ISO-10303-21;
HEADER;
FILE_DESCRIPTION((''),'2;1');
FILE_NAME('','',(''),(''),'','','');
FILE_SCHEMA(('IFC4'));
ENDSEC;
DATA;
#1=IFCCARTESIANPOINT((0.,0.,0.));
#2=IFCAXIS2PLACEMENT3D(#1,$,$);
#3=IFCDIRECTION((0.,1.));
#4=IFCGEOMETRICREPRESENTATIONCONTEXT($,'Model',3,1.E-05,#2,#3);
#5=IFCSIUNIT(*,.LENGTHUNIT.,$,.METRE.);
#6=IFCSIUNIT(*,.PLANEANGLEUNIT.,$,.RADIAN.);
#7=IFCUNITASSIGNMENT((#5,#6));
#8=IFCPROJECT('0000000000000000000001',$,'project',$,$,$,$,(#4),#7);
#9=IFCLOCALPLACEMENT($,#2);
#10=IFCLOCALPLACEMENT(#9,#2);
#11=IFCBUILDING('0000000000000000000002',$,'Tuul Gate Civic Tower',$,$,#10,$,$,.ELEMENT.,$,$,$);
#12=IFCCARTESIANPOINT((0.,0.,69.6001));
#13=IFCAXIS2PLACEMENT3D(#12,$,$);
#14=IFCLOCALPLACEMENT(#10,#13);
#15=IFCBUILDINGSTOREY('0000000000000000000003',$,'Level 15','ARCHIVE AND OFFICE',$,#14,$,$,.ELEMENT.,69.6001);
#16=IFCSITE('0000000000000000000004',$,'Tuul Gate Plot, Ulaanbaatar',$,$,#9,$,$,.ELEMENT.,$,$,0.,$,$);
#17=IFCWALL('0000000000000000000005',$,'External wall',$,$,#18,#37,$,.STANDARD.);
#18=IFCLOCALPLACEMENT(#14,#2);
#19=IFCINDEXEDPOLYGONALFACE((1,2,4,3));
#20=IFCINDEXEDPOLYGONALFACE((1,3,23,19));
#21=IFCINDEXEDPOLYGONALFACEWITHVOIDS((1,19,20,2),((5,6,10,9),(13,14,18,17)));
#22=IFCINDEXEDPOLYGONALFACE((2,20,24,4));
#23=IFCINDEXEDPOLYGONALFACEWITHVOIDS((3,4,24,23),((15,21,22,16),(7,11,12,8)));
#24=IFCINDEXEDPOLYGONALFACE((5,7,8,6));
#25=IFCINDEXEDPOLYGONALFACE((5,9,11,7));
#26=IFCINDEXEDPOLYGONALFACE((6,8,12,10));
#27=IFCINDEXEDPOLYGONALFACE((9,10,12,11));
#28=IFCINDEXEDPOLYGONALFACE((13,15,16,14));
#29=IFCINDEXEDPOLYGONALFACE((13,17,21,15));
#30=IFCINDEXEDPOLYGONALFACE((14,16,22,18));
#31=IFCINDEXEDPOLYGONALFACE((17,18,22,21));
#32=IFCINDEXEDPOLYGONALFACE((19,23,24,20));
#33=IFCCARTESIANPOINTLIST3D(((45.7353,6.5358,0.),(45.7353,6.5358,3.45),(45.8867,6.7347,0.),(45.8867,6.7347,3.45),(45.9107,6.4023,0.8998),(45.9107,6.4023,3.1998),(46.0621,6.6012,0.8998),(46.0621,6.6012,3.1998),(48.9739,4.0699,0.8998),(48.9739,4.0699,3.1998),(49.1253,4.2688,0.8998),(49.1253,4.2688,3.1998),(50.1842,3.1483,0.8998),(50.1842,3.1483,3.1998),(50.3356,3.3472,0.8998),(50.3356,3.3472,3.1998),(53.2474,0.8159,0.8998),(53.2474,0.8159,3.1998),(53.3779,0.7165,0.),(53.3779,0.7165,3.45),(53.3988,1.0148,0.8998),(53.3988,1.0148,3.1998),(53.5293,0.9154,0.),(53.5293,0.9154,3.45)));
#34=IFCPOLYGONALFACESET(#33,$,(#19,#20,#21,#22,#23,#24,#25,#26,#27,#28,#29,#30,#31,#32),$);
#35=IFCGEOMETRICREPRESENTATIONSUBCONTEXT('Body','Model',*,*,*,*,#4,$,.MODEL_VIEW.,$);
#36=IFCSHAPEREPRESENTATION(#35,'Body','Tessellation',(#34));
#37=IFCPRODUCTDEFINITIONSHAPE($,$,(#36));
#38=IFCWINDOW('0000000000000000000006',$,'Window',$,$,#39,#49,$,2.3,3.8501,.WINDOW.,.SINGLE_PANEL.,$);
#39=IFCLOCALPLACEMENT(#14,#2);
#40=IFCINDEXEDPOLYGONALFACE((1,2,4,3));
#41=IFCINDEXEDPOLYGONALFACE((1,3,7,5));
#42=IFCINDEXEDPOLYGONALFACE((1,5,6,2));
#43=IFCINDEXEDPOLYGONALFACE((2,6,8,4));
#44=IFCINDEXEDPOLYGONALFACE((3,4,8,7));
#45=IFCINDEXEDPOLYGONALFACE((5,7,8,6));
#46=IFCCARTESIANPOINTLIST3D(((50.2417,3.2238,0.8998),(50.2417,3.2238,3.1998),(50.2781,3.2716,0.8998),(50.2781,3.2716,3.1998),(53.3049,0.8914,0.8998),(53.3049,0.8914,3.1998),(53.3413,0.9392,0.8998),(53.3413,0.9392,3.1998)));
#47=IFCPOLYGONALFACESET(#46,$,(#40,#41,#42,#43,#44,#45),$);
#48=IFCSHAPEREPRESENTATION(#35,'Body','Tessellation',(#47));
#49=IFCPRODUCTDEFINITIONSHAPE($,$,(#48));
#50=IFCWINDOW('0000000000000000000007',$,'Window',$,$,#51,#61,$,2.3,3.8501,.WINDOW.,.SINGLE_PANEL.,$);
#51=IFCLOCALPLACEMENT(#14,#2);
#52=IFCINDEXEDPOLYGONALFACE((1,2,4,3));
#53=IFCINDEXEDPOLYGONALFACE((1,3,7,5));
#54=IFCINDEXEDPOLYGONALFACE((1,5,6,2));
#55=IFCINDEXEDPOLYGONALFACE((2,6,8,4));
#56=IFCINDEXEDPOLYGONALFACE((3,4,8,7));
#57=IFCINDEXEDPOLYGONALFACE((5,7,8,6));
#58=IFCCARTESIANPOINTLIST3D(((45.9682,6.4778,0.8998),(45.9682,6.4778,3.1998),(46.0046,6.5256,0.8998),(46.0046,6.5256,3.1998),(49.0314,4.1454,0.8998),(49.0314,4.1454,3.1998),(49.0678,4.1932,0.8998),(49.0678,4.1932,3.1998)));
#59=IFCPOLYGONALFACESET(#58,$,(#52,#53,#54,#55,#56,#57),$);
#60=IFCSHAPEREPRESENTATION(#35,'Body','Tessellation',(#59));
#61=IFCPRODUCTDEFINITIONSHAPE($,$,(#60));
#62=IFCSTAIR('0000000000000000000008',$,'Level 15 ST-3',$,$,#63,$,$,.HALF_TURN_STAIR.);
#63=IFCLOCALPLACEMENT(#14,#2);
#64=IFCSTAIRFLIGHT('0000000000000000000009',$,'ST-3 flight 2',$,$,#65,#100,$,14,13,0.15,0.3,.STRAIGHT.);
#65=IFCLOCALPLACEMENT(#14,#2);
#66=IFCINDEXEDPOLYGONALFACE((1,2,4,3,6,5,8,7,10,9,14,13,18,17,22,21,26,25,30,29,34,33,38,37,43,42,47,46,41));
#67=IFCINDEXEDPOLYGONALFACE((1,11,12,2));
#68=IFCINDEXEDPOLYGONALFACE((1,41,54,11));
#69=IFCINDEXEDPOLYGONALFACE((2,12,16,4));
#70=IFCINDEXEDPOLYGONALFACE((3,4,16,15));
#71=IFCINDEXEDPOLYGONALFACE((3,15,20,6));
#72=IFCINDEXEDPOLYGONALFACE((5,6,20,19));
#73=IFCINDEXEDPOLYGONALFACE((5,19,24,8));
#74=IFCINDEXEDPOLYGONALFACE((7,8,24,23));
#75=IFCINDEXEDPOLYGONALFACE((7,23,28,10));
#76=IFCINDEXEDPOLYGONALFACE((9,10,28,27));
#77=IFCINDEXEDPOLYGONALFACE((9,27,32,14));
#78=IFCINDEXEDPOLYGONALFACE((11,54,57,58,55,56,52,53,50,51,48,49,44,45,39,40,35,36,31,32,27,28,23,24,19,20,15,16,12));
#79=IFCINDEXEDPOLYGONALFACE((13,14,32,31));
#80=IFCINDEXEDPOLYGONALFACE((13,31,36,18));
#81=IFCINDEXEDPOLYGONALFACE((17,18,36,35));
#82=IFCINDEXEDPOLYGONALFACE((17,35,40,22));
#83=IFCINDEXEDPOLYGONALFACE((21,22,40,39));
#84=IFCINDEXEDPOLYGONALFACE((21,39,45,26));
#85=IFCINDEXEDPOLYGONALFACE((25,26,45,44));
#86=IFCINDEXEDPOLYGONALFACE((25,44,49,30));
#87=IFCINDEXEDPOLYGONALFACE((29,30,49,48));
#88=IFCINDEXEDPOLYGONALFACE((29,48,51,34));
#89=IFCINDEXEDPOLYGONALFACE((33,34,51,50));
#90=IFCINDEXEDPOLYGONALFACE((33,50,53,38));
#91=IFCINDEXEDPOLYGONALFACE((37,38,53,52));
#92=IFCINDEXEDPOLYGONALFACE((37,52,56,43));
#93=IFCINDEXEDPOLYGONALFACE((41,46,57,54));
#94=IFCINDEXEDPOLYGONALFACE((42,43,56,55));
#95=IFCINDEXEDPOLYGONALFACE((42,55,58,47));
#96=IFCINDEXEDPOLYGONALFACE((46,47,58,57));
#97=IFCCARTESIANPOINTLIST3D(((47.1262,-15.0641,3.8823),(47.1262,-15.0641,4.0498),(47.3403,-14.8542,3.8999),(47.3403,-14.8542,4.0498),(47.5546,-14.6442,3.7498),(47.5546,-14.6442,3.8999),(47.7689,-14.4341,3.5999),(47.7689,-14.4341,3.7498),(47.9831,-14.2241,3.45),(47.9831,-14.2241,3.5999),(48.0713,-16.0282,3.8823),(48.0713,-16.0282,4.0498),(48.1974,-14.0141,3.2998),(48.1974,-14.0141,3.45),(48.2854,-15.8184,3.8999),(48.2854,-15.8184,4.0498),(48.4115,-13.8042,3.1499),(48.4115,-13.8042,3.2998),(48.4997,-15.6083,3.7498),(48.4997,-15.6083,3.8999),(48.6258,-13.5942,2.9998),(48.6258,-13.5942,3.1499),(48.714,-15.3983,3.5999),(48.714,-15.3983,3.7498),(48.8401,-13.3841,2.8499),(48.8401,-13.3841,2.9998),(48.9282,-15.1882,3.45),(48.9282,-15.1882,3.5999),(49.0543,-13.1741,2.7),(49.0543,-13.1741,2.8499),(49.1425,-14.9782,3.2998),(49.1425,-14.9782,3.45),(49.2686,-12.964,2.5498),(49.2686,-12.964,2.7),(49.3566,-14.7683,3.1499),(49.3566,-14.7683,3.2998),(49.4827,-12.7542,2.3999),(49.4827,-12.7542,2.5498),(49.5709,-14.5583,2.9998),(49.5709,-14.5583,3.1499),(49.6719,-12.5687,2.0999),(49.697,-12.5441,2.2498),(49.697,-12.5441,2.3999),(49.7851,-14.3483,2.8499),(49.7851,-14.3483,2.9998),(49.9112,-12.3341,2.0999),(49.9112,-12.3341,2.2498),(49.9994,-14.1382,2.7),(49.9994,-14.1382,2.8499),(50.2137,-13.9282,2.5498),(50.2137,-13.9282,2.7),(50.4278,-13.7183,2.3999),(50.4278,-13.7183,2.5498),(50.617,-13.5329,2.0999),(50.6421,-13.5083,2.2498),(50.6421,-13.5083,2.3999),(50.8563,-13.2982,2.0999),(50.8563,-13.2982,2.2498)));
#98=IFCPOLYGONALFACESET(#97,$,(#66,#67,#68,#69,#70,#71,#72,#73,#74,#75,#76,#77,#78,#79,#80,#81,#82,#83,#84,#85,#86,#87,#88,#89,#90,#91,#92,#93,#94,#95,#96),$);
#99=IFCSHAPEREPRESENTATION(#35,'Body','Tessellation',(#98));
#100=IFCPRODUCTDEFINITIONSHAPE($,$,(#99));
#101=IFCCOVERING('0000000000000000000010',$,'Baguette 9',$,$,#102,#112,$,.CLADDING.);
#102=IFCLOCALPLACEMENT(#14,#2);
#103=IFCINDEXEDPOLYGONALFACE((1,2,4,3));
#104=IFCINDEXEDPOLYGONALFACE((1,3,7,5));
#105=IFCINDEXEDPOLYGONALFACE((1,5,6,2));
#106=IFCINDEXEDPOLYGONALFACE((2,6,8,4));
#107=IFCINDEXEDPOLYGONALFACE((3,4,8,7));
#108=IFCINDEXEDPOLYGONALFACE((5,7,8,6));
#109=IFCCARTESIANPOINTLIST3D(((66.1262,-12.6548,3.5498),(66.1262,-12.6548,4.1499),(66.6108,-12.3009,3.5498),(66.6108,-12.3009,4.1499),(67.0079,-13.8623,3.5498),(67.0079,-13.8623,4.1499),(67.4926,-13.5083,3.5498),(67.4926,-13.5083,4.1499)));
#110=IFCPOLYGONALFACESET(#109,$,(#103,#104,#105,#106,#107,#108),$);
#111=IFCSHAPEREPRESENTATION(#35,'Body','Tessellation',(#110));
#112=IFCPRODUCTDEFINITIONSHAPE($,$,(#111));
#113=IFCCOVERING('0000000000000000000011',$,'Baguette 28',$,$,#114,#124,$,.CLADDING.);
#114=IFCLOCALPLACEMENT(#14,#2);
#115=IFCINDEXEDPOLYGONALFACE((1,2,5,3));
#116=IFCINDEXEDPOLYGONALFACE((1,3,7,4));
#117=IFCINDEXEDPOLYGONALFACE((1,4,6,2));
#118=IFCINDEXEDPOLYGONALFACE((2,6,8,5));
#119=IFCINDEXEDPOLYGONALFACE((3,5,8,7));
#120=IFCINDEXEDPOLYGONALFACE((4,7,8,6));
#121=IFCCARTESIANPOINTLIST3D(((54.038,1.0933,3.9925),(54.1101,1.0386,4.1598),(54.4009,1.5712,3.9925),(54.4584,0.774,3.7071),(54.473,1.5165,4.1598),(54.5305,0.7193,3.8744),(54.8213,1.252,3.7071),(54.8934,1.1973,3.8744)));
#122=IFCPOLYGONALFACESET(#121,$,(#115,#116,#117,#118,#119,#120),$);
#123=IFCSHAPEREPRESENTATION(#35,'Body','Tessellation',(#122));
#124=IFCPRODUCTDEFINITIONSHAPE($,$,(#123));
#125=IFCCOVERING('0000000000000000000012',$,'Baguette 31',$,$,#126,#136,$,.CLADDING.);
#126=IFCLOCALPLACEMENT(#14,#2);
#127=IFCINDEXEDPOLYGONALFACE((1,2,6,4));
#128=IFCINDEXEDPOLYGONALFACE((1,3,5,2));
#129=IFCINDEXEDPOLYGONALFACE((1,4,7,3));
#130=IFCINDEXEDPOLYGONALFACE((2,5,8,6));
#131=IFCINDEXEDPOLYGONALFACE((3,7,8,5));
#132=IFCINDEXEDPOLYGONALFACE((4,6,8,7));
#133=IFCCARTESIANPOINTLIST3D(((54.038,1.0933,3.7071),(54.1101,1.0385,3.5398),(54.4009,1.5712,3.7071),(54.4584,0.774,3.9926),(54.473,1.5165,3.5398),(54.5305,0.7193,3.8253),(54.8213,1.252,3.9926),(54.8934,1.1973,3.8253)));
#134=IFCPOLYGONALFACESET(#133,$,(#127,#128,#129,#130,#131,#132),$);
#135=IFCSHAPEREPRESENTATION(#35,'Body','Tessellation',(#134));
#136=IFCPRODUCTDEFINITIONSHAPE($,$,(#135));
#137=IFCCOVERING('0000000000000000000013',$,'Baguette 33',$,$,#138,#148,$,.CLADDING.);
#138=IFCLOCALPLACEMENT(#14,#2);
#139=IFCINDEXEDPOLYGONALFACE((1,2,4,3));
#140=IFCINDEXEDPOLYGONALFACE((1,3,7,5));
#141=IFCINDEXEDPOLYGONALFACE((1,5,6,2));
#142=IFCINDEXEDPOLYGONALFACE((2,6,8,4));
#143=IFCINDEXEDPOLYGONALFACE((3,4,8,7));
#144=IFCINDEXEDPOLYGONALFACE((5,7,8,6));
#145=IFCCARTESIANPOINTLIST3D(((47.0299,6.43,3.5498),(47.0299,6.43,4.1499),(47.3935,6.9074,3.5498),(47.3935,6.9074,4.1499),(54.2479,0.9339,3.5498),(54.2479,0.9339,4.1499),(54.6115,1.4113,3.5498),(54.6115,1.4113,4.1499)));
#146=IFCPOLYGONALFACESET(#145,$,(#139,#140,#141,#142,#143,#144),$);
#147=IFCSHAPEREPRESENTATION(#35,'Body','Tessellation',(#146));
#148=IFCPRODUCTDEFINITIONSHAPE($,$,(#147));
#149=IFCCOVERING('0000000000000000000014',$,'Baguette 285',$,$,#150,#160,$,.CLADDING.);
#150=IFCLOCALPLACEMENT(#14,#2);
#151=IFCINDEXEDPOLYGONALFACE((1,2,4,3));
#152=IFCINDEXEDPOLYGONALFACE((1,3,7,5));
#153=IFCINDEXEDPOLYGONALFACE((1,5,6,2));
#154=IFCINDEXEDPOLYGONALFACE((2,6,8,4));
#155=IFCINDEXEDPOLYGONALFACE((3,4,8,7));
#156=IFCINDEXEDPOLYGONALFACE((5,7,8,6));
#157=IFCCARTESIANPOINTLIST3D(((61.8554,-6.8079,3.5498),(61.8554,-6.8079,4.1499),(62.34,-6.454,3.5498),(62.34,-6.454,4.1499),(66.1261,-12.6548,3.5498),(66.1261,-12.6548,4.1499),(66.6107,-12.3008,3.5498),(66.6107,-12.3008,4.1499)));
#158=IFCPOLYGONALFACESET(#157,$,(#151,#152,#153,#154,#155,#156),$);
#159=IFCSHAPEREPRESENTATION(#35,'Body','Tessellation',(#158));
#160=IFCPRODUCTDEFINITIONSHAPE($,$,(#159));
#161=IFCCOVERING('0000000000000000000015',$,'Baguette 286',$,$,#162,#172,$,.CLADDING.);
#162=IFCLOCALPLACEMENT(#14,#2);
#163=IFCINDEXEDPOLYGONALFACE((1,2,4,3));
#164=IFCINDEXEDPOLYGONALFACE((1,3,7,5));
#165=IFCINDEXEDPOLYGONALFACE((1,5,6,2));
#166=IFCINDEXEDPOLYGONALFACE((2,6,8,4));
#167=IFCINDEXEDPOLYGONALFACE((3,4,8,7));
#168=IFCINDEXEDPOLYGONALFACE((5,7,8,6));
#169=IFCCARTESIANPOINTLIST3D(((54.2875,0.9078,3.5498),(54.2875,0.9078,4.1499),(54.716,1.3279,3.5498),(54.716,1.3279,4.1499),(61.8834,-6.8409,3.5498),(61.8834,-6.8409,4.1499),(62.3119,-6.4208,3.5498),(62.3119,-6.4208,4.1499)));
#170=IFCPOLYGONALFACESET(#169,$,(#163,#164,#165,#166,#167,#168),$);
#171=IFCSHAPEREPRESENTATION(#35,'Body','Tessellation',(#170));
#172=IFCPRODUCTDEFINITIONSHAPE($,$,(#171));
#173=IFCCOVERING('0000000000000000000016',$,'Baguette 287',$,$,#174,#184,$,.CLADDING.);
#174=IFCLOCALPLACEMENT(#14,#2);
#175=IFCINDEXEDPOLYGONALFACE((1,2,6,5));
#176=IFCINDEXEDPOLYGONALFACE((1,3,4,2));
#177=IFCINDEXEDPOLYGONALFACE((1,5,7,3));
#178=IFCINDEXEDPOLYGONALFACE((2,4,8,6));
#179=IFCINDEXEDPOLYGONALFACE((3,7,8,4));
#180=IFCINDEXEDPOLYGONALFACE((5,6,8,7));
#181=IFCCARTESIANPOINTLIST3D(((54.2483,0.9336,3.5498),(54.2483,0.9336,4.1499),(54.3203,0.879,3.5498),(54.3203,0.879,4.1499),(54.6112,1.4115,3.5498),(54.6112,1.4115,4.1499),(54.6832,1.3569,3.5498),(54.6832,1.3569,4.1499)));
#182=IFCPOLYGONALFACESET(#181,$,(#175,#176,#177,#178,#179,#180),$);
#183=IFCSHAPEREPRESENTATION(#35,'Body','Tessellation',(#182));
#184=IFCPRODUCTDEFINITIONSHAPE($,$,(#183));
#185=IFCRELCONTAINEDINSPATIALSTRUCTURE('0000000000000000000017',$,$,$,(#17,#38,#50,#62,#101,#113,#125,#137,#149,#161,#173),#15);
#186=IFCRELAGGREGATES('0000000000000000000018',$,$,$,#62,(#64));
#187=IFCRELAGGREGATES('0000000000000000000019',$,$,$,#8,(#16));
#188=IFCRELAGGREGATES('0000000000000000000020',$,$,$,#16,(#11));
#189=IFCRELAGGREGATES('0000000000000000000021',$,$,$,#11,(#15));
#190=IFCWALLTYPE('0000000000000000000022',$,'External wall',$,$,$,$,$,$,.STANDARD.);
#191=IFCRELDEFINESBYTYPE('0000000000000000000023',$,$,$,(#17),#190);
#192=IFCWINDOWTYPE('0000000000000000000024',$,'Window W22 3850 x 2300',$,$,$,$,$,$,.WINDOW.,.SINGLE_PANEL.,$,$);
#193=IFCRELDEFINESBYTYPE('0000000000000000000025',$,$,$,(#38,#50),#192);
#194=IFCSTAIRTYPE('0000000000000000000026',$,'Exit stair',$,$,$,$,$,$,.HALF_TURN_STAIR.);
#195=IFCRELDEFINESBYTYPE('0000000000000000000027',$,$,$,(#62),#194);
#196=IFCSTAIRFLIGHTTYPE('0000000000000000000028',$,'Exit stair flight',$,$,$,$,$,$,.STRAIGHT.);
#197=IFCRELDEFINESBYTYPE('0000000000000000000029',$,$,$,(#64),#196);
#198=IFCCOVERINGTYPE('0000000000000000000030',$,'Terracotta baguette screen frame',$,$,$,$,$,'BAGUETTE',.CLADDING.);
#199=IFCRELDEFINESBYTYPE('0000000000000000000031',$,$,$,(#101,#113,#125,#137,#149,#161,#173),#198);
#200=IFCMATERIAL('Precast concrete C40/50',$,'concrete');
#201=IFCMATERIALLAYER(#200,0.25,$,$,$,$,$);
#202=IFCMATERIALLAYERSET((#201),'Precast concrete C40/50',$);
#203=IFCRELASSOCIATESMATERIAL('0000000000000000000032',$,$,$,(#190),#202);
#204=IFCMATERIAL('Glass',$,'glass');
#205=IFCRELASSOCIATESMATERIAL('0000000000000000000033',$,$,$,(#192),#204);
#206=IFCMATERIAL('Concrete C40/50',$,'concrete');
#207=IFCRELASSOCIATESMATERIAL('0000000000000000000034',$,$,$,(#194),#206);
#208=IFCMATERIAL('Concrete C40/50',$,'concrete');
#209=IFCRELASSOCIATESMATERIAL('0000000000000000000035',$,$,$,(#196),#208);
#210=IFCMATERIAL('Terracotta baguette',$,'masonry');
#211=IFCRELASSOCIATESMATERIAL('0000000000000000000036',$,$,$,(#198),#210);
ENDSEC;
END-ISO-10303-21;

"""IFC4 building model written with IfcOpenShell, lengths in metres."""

from ifc_helpers import new_model, si_unit, direction, frame, frame_2d, origin, origin_2d, place, context, subcontext, project, spatial, polyline, rectangle, outline, extrude, material, layer, layer_set, material_profile, profile_set, type_object, element, fill, aggregate, save


model = new_model("IFC4")

# Units and contexts
model_context = context("Model", 3, precision=1e-05, world=origin(), true_north=direction((0.0, 1.0)))
body_context = subcontext(model_context, "Body", "Model", "MODEL_VIEW")
ifc_project = project(units=[si_unit("LENGTHUNIT", "METRE"), si_unit("PLANEANGLEUNIT", "RADIAN")], contexts=[model_context])

# Site, building, storey
site_placement = place(None, origin())
site = spatial("IfcSite", under=ifc_project, at=site_placement, Name="Tuul Gate Plot, Ulaanbaatar", CompositionType="ELEMENT", RefElevation=0.0)
building_placement = place(site_placement, origin())
building = spatial("IfcBuilding", under=site, at=building_placement, Name="Tuul Gate Civic Tower", CompositionType="ELEMENT")
storey_placement = place(building_placement, frame((0.0, 0.0, 69.6001)))
storey = spatial("IfcBuildingStorey", under=building, at=storey_placement, Name="Level 15", Description="ARCHIVE AND OFFICE", CompositionType="ELEMENT", Elevation=69.6001)

# Wall, openings, windows
ifc_material_1 = material(Name="Precast concrete C40/50", Category="concrete")
ifc_layer_1 = layer(ifc_material_1, 0.25)
ifc_layer_set_1 = layer_set([ifc_layer_1], Name="Precast concrete C40/50")
wall_type_1 = type_object("IfcWallType", Name="External wall", PredefinedType="STANDARD", material=ifc_layer_set_1)
ifc_material_2 = material(Name="Glass", Category="glass")
window_type_1 = type_object("IfcWindowType", Name="Window W22 3850 x 2300", PartitioningType="SINGLE_PANEL", PredefinedType="WINDOW", material=ifc_material_2)
wall_1_placement = place(storey_placement, frame((53.4536, 0.8159, 0.0), z_axis=(0.0, 0.0, 1.0), x_axis=(-0.795611, 0.605807, 0.0)))
wall_1 = element("IfcWall", 1, at=wall_1_placement, inside=storey, type_object=wall_type_1, Name="External wall", PredefinedType="STANDARD", context=body_context, shape_type="SweptSolid", body=[
    extrude(rectangle(XDim=9.606, YDim=0.25, at=frame_2d((4.803, 0.0))), origin(), (0.0, 0.0, 1.0), 3.45),
])
opening_1_placement = place(wall_1_placement, frame((0.1641, 0.0, 0.8999)))
opening_1 = element("IfcOpeningElement", 2, at=opening_1_placement, cuts=wall_1, PredefinedType="OPENING", context=body_context, shape_type="SweptSolid", body=[
    extrude(rectangle(XDim=3.8501, YDim=2.3, at=frame_2d((1.925, 1.1499))), frame((0.0, 0.135, 0.0), z_axis=(0.0, -1.0, 0.0), x_axis=(1.0, 0.0, 0.0)), (0.0, 0.0, 1.0), 0.27),
])
opening_2_placement = place(wall_1_placement, frame((5.5354, 0.0, 0.8999)))
opening_2 = element("IfcOpeningElement", 3, at=opening_2_placement, cuts=wall_1, PredefinedType="OPENING", context=body_context, shape_type="SweptSolid", body=[
    extrude(rectangle(XDim=3.8501, YDim=2.3, at=frame_2d((1.925, 1.1499))), frame((0.0, 0.135, 0.0), z_axis=(0.0, -1.0, 0.0), x_axis=(1.0, 0.0, 0.0)), (0.0, 0.0, 1.0), 0.27),
])
window_1_placement = place(opening_1_placement, origin())
window_1 = element("IfcWindow", 4, at=window_1_placement, inside=storey, type_object=window_type_1, Name="Window", OverallHeight=2.3, OverallWidth=3.8501, PartitioningType="SINGLE_PANEL", PredefinedType="WINDOW", context=body_context, shape_type="SweptSolid", body=[
    extrude(rectangle(XDim=3.8501, YDim=2.3, at=frame_2d((1.925, 1.1499))), frame((0.0, 0.03, 0.0), z_axis=(0.0, -1.0, 0.0), x_axis=(1.0, 0.0, 0.0)), (0.0, 0.0, 1.0), 0.0601),
])
fill(opening_1, window_1)
window_2_placement = place(opening_2_placement, origin())
window_2 = element("IfcWindow", 5, at=window_2_placement, inside=storey, type_object=window_type_1, Name="Window", OverallHeight=2.3, OverallWidth=3.8501, PartitioningType="SINGLE_PANEL", PredefinedType="WINDOW", context=body_context, shape_type="SweptSolid", body=[
    extrude(rectangle(XDim=3.8501, YDim=2.3, at=frame_2d((1.925, 1.1499))), frame((0.0, 0.03, 0.0), z_axis=(0.0, -1.0, 0.0), x_axis=(1.0, 0.0, 0.0)), (0.0, 0.0, 1.0), 0.0601),
])
fill(opening_2, window_2)

# Stair, stair flight
ifc_material_3 = material(Name="Concrete C40/50", Category="concrete")
stair_type = type_object("IfcStairType", Name="Exit stair", PredefinedType="HALF_TURN_STAIR", material=ifc_material_3)
stair_placement = place(storey_placement, origin())
stair = element("IfcStair", 6, at=stair_placement, inside=storey, type_object=stair_type, Name="Level 15 ST-3", PredefinedType="HALF_TURN_STAIR")
ifc_material_4 = material(Name="Concrete C40/50", Category="concrete")
stair_flight_type = type_object("IfcStairFlightType", Name="Exit stair flight", PredefinedType="STRAIGHT", material=ifc_material_4)
stair_flight_placement = place(storey_placement, frame((50.3838, -12.8162, 2.0999), z_axis=(0.0, 0.0, 1.0), x_axis=(-0.714127, -0.700016, 0.0)))
stair_flight = element("IfcStairFlight", 7, at=stair_flight_placement, type_object=stair_flight_type, Name="ST-3 flight 2", NumberOfRisers=14, NumberOfTreads=13, PredefinedType="STRAIGHT", RiserHeight=0.15, TreadLength=0.3, context=body_context, shape_type="SweptSolid", body=[
    extrude(outline(polyline([(0.0, 0.0), (0.0, 0.1499), (0.3, 0.1499), (0.3, 0.3), (0.6001, 0.3), (0.6001, 0.45), (0.8999, 0.45), (0.8999, 0.6001), (1.2, 0.6001), (1.2, 0.75), (1.5, 0.75), (1.5, 0.8999), (1.8, 0.8999), (1.8, 1.05), (2.1001, 1.05), (2.1001, 1.2), (2.3999, 1.2), (2.3999, 1.3501), (2.7, 1.3501), (2.7, 1.5), (3.0, 1.5), (3.0, 1.6499), (3.3, 1.6499), (3.3, 1.8), (3.6001, 1.8), (3.6001, 1.95), (3.8999, 1.95), (3.8999, 2.1001), (3.8999, 1.7825), (0.3352, 0.0), (0.0, 0.0)])), frame((0.0, 0.675, 0.0), z_axis=(0.0, -1.0, 0.0), x_axis=(1.0, 0.0, 0.0)), (0.0, 0.0, 1.0), 1.3501),
])
aggregate(stair, [stair_flight])

# Coverings
ifc_material_5 = material(Name="Terracotta baguette", Category="masonry")
ifc_material_profile_1 = material_profile(ifc_material_5, rectangle(XDim=0.6001, YDim=0.6001, at=origin_2d()), Name="Terracotta baguette screen frame")
ifc_profile_set_1 = profile_set([ifc_material_profile_1], Name="Terracotta baguette")
covering_type = type_object("IfcCoveringType", Name="Terracotta baguette screen frame", ElementType="BAGUETTE", PredefinedType="CLADDING", material=ifc_profile_set_1)
covering_1_placement = place(storey_placement, frame((67.2502, -13.6853, 3.8499), z_axis=(-0.589763, 0.807577, 0.0), x_axis=(-0.807577, -0.589763, 0.0)))
element("IfcCovering", 8, at=covering_1_placement, inside=storey, type_object=covering_type, Name="Baguette 9", PredefinedType="CLADDING", context=body_context, shape_type="SweptSolid", body=[
    extrude(rectangle(XDim=0.6001, YDim=0.6001, at=origin_2d()), origin(), (0.0, 0.0, 1.0), 1.4951),
])
for number, where, z_axis, x_axis, name in (
    (9, (54.5017, 1.1179, 4.0171), (-0.37882, 0.287647, -0.879633), (-0.604741, -0.796422, 0.0), "Baguette 28"),
    (10, (54.4297, 1.1726, 3.8499), (0.37882, -0.287647, -0.879633), (0.604741, 0.796422, 0.0), "Baguette 31"),
):
    element("IfcCovering", number, at=place(storey_placement, frame(where, z_axis=z_axis, x_axis=x_axis)), inside=storey, type_object=covering_type, Name=name, PredefinedType="CLADDING", context=body_context, shape_type="SweptSolid", body=[
        extrude(rectangle(XDim=0.6001, YDim=0.6001, at=origin_2d()), origin(), (0.0, 0.0, 1.0), 0.1902),
    ])
covering_2_placement = place(storey_placement, frame((54.4297, 1.1726, 3.8499), z_axis=(-0.79561, 0.60581, 0.0), x_axis=(-0.60581, -0.79561, 0.0)))
element("IfcCovering", 11, at=covering_2_placement, inside=storey, type_object=covering_type, Name="Baguette 33", PredefinedType="CLADDING", context=body_context, shape_type="SweptSolid", body=[
    extrude(rectangle(XDim=0.6001, YDim=0.6001, at=origin_2d()), origin(), (0.0, 0.0, 1.0), 9.0723),
])
covering_3_placement = place(storey_placement, frame((66.3684, -12.4778, 3.8499), z_axis=(-0.589837, 0.807523, 0.0), x_axis=(-0.807523, -0.589837, 0.0)))
element("IfcCovering", 12, at=covering_3_placement, inside=storey, type_object=covering_type, Name="Baguette 285", PredefinedType="CLADDING", context=body_context, shape_type="SweptSolid", body=[
    extrude(rectangle(XDim=0.6001, YDim=0.6001, at=origin_2d()), origin(), (0.0, 0.0, 1.0), 7.2405),
])
covering_4_placement = place(storey_placement, frame((62.0977, -6.6309, 3.8499), z_axis=(-0.700029, 0.714114, 0.0), x_axis=(-0.714114, -0.700029, 0.0)))
element("IfcCovering", 13, at=covering_4_placement, inside=storey, type_object=covering_type, Name="Baguette 286", PredefinedType="CLADDING", context=body_context, shape_type="SweptSolid", body=[
    extrude(rectangle(XDim=0.6001, YDim=0.6001, at=origin_2d()), origin(), (0.0, 0.0, 1.0), 10.8508),
])
covering_5_placement = place(storey_placement, frame((54.5017, 1.1179, 3.8499), z_axis=(-0.796422, 0.604741, 0.0), x_axis=(-0.604741, -0.796422, 0.0)))
element("IfcCovering", 14, at=covering_5_placement, inside=storey, type_object=covering_type, Name="Baguette 287", PredefinedType="CLADDING", context=body_context, shape_type="SweptSolid", body=[
    extrude(rectangle(XDim=0.6001, YDim=0.6001, at=origin_2d()), origin(), (0.0, 0.0, 1.0), 0.0903),
])

save(model, "model.ifc")
